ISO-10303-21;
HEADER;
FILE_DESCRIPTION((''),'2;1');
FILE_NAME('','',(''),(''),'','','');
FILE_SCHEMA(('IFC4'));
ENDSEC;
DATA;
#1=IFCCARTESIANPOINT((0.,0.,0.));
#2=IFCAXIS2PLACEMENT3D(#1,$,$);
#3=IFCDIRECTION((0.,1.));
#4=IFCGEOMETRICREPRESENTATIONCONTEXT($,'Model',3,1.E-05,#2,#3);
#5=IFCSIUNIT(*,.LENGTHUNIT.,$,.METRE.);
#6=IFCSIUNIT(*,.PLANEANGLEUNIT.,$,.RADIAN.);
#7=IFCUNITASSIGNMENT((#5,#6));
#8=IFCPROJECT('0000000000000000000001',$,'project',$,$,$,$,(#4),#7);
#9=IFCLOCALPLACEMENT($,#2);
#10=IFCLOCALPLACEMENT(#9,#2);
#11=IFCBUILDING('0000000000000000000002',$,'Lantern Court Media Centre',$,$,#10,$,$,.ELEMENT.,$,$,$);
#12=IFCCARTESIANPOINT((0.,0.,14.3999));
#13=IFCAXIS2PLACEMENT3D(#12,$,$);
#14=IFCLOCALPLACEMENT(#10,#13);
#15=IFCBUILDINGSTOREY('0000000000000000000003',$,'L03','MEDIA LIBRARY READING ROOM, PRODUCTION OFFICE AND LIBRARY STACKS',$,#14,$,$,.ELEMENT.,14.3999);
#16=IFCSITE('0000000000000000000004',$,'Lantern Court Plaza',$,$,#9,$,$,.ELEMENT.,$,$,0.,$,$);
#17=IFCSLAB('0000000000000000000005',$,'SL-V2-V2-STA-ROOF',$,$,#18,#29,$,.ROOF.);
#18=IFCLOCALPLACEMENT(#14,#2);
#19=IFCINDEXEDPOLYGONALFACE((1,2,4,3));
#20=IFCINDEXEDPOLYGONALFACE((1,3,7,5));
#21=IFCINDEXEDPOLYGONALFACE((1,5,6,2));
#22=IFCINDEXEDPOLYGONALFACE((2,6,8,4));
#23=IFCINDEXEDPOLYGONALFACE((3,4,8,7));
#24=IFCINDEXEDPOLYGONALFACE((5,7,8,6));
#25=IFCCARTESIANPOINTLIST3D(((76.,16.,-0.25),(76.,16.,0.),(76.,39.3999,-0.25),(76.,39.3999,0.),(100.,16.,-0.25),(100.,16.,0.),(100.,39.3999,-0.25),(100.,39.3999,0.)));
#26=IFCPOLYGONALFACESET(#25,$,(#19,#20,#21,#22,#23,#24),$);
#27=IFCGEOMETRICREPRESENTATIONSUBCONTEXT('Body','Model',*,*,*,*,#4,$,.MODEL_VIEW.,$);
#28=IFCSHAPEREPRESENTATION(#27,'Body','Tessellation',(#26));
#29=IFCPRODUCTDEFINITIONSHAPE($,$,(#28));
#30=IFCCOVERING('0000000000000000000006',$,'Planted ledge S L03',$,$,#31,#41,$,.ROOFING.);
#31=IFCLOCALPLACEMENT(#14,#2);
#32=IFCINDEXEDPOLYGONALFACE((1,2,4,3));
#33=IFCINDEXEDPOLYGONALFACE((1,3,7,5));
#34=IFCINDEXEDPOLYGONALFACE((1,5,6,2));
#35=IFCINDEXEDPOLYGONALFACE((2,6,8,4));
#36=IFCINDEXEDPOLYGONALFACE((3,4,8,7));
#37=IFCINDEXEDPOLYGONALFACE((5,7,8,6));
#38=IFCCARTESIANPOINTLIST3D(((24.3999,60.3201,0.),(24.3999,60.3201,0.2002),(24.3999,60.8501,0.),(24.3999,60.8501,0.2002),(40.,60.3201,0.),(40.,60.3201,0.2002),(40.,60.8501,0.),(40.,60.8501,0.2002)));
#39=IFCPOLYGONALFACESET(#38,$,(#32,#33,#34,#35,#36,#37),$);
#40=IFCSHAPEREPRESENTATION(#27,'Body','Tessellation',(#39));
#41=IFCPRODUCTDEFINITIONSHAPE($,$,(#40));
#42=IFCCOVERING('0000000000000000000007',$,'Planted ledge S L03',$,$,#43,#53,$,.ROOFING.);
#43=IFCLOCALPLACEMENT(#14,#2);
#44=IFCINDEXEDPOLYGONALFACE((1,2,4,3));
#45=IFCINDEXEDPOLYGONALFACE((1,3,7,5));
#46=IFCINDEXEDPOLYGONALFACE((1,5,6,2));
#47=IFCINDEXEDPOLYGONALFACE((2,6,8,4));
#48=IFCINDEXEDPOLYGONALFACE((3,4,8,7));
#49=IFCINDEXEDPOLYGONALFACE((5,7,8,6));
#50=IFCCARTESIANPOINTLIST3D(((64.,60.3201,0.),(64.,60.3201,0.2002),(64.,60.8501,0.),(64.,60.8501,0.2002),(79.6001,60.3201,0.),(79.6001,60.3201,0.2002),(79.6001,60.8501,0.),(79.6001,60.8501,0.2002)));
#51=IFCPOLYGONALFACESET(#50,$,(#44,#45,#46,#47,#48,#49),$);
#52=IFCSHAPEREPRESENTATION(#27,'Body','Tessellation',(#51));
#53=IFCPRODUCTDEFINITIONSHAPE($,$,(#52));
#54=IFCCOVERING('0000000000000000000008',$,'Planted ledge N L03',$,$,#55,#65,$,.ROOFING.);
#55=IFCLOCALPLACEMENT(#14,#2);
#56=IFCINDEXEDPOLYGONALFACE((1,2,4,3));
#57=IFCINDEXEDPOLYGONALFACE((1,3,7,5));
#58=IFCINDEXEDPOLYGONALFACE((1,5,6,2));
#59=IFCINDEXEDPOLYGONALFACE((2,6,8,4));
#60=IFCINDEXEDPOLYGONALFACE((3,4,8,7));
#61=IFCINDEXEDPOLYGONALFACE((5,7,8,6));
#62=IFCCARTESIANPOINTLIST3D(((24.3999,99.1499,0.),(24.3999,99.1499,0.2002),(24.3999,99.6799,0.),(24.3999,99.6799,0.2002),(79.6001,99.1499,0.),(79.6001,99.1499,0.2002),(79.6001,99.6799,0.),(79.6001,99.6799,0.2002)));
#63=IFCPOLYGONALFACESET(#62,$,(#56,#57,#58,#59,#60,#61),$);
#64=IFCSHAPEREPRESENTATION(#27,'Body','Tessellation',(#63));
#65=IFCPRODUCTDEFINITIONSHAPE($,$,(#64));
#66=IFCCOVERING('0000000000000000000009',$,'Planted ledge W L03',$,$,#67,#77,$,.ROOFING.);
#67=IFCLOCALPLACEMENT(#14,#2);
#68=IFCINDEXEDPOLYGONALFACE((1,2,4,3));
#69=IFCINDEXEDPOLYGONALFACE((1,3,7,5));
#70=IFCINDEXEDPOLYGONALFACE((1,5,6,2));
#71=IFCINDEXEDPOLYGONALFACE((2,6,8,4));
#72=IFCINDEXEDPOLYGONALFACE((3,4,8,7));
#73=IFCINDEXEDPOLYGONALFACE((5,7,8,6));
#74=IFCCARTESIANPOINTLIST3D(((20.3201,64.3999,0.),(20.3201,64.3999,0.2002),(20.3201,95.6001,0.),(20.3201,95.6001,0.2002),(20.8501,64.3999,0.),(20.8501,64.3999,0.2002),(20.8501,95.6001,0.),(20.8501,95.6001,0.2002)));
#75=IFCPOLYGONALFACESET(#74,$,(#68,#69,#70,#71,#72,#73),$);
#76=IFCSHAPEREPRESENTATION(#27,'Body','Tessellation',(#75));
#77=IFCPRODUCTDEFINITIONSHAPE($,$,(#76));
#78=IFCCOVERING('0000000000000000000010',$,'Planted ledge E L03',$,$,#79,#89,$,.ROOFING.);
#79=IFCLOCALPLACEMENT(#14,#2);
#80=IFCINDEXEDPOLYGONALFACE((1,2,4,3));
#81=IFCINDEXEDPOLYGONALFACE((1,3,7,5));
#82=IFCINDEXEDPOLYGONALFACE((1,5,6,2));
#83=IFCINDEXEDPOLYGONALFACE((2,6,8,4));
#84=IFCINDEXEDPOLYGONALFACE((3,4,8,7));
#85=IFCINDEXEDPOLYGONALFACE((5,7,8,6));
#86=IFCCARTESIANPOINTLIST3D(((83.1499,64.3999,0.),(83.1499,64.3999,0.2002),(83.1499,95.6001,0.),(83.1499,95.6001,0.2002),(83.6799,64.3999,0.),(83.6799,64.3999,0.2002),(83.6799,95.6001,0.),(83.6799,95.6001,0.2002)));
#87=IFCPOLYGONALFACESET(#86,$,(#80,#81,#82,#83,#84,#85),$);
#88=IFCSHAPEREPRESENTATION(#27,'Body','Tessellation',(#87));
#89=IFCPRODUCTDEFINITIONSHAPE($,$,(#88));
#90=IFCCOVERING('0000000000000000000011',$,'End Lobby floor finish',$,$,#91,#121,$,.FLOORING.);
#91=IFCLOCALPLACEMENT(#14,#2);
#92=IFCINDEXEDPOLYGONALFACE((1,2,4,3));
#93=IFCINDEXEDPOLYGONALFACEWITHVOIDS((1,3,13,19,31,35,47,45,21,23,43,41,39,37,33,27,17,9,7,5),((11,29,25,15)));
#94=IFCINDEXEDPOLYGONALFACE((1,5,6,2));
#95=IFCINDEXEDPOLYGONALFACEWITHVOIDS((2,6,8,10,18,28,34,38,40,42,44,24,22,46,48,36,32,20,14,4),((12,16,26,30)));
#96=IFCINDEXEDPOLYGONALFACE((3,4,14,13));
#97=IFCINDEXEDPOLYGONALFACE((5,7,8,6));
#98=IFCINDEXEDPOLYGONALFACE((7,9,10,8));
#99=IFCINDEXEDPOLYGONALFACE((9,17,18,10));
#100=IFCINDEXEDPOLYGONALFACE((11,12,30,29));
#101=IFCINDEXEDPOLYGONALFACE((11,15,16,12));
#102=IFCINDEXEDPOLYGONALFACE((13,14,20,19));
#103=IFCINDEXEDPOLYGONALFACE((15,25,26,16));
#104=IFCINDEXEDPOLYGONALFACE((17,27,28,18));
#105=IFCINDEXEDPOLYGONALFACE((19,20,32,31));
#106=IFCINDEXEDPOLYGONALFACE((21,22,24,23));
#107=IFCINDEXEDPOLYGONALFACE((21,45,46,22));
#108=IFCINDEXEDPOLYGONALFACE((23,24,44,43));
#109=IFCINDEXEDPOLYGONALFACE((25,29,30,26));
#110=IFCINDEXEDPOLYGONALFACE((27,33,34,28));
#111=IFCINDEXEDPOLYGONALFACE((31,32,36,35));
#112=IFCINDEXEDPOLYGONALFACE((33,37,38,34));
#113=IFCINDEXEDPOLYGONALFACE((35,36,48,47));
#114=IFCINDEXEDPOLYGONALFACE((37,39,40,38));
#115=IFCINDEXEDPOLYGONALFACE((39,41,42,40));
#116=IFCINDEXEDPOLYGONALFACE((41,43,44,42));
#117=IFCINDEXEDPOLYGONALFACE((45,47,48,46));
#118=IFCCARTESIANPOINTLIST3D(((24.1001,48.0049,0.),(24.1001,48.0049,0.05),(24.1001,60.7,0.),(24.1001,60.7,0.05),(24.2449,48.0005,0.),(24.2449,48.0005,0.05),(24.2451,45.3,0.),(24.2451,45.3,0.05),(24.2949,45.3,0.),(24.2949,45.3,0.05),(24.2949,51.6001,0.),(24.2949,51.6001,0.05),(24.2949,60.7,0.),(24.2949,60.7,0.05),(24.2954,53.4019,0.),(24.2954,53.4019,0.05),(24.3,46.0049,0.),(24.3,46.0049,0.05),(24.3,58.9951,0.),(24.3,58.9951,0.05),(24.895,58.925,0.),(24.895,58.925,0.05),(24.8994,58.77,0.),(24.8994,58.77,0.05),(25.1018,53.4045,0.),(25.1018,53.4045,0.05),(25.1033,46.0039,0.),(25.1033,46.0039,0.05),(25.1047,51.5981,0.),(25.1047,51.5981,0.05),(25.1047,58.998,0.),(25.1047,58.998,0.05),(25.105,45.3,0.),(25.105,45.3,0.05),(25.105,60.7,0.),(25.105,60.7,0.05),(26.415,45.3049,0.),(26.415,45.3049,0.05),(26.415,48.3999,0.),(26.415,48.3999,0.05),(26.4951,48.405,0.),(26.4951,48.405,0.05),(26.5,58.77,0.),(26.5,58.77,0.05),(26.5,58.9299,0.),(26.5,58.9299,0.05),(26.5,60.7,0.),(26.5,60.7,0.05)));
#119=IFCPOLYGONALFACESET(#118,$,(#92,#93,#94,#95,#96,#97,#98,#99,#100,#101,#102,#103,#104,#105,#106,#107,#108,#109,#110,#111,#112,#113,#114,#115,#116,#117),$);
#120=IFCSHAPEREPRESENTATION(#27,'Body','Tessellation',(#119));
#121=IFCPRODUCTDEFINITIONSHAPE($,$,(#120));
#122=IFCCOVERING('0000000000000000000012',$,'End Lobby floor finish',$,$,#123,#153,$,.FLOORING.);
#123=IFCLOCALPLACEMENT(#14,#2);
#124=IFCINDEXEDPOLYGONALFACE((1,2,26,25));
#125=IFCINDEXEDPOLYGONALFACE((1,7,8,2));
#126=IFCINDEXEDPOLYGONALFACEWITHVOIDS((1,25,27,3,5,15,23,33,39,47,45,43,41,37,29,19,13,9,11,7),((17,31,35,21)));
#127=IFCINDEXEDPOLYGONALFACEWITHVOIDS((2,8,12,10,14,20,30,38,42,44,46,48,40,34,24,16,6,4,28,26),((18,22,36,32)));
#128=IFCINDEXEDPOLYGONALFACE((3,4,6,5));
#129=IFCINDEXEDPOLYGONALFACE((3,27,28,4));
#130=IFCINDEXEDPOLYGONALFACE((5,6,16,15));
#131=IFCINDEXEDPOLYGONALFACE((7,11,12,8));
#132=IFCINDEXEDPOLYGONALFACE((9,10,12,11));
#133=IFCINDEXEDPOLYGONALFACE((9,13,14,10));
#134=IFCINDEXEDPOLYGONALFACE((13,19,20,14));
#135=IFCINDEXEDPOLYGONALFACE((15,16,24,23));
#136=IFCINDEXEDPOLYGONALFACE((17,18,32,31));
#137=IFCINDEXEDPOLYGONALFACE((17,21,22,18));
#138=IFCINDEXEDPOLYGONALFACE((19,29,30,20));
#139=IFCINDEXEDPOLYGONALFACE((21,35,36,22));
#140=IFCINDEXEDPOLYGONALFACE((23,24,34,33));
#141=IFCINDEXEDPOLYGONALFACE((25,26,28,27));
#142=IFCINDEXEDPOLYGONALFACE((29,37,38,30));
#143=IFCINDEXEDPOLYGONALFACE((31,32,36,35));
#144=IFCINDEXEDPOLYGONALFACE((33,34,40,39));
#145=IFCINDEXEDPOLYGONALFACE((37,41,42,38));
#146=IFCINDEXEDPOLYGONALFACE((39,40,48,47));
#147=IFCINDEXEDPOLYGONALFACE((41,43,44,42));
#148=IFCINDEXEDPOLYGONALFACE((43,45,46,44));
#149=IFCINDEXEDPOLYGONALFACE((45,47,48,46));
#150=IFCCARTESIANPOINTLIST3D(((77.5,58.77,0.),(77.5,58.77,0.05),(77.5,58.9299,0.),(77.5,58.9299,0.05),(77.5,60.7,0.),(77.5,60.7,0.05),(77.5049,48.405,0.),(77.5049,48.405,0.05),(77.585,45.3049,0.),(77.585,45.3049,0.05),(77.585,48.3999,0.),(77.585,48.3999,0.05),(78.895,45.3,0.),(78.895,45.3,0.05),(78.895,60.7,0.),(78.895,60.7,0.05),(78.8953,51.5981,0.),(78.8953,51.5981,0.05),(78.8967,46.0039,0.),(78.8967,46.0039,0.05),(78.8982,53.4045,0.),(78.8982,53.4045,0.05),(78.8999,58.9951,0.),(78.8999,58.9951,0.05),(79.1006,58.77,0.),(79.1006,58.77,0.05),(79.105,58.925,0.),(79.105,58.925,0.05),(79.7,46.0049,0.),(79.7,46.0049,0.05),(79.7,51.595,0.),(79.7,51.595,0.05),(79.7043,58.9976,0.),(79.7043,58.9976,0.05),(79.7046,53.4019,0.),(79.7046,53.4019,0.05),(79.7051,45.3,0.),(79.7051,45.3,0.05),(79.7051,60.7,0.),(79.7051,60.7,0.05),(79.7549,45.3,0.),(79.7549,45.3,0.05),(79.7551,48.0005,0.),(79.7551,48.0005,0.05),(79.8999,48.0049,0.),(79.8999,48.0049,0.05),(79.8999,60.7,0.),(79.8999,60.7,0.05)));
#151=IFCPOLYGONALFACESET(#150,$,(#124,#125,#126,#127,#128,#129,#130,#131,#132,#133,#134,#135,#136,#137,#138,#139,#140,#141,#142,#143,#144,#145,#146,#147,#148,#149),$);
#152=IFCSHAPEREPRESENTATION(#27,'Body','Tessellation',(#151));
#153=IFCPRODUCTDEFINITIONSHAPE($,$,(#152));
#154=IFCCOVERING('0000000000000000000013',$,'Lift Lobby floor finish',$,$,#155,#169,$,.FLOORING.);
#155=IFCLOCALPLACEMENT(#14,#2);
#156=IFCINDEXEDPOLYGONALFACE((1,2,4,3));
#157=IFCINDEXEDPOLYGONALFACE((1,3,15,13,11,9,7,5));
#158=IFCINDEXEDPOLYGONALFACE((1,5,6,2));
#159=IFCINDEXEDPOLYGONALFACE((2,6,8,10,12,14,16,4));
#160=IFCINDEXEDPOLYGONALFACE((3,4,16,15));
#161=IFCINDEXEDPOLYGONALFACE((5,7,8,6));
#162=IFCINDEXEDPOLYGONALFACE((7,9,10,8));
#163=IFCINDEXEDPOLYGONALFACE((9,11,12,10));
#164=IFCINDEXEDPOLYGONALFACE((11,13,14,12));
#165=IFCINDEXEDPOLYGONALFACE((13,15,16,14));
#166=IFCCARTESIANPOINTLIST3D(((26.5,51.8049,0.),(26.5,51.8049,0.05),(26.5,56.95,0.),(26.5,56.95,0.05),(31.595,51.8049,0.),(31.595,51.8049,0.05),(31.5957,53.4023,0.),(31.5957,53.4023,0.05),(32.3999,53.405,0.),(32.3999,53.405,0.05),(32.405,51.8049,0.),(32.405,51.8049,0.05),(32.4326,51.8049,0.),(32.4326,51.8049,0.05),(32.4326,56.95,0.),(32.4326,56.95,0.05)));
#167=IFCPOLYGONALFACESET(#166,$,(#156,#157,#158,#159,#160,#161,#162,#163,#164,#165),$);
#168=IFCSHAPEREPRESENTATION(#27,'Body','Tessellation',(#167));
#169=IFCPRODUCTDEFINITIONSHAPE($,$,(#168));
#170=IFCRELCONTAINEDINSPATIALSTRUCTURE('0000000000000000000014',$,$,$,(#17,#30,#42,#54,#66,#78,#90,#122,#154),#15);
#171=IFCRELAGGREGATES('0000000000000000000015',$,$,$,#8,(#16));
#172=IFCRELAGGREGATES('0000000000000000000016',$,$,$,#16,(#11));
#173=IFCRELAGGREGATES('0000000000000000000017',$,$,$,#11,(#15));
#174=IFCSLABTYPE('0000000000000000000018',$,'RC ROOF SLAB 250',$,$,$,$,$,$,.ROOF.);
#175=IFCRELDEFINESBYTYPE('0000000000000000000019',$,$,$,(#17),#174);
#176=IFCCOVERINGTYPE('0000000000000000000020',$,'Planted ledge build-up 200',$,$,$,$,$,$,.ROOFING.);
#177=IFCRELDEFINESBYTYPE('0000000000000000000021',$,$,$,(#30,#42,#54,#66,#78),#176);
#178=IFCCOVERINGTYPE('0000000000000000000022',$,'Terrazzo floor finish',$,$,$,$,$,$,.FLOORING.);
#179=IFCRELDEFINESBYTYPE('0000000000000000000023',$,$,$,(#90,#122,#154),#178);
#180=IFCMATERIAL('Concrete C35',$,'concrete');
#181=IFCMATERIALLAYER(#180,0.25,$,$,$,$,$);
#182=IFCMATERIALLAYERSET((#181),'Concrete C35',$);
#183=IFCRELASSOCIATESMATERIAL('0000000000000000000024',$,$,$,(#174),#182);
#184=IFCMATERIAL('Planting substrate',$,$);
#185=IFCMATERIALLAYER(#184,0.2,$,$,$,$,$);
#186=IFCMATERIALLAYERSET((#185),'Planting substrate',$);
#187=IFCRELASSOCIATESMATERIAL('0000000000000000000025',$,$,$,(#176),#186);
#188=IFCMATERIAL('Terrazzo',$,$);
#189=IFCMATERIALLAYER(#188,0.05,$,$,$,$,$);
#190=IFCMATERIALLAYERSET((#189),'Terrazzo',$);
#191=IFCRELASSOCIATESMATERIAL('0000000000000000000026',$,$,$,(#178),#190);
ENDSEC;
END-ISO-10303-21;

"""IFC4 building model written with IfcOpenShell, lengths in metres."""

from ifc_helpers import new_model, si_unit, direction, frame, origin, place, context, subcontext, project, spatial, polyline, outline, extrude, material, layer, layer_set, type_object, element, save


model = new_model("IFC4")

# Units and contexts
model_context = context("Model", 3, precision=1e-05, world=origin(), true_north=direction((0.0, 1.0)))
body_context = subcontext(model_context, "Body", "Model", "MODEL_VIEW")
ifc_project = project(units=[si_unit("LENGTHUNIT", "METRE"), si_unit("PLANEANGLEUNIT", "RADIAN")], contexts=[model_context])

# Site, building, storey
site_placement = place(None, origin())
site = spatial("IfcSite", under=ifc_project, at=site_placement, Name="Lantern Court Plaza", CompositionType="ELEMENT", RefElevation=0.0)
building_placement = place(site_placement, origin())
building = spatial("IfcBuilding", under=site, at=building_placement, Name="Lantern Court Media Centre", CompositionType="ELEMENT")
storey_placement = place(building_placement, frame((0.0, 0.0, 14.3999)))
storey = spatial("IfcBuildingStorey", under=building, at=storey_placement, Name="L03", Description="MEDIA LIBRARY READING ROOM, PRODUCTION OFFICE AND LIBRARY STACKS", CompositionType="ELEMENT", Elevation=14.3999)

# Slab
ifc_material_1 = material(Name="Concrete C35", Category="concrete")
ifc_layer_1 = layer(ifc_material_1, 0.25)
ifc_layer_set_1 = layer_set([ifc_layer_1], Name="Concrete C35")
slab_type_1 = type_object("IfcSlabType", Name="RC ROOF SLAB 250", PredefinedType="ROOF", material=ifc_layer_set_1)
slab_1_placement = place(storey_placement, frame((0.0, 0.0, -0.25)))
element("IfcSlab", 1, at=slab_1_placement, inside=storey, type_object=slab_type_1, Name="SL-V2-V2-STA-ROOF", PredefinedType="ROOF", context=body_context, shape_type="SweptSolid", body=[
    extrude(outline(polyline([(100.0, 16.0), (100.0, 39.3999), (76.0, 39.3999), (76.0, 16.0), (100.0, 16.0)])), origin(), (0.0, 0.0, 1.0), 0.25),
])

# Coverings
ifc_material_2 = material(Name="Planting substrate")
ifc_layer_2 = layer(ifc_material_2, 0.2)
ifc_layer_set_2 = layer_set([ifc_layer_2], Name="Planting substrate")
covering_type_1 = type_object("IfcCoveringType", Name="Planted ledge build-up 200", PredefinedType="ROOFING", material=ifc_layer_set_2)
covering_1_placement = place(storey_placement, origin())
element("IfcCovering", 2, at=covering_1_placement, inside=storey, type_object=covering_type_1, Name="Planted ledge S L03", PredefinedType="ROOFING", context=body_context, shape_type="SweptSolid", body=[
    extrude(outline(polyline([(24.3999, 60.8501), (40.0, 60.8501), (40.0, 60.3201), (24.3999, 60.3201), (24.3999, 60.8501)])), origin(), (0.0, 0.0, 1.0), 0.2002),
])
covering_2_placement = place(storey_placement, origin())
element("IfcCovering", 3, at=covering_2_placement, inside=storey, type_object=covering_type_1, Name="Planted ledge S L03", PredefinedType="ROOFING", context=body_context, shape_type="SweptSolid", body=[
    extrude(outline(polyline([(64.0, 60.8501), (79.6001, 60.8501), (79.6001, 60.3201), (64.0, 60.3201), (64.0, 60.8501)])), origin(), (0.0, 0.0, 1.0), 0.2002),
])
covering_3_placement = place(storey_placement, origin())
element("IfcCovering", 4, at=covering_3_placement, inside=storey, type_object=covering_type_1, Name="Planted ledge N L03", PredefinedType="ROOFING", context=body_context, shape_type="SweptSolid", body=[
    extrude(outline(polyline([(24.3999, 99.1499), (79.6001, 99.1499), (79.6001, 99.6799), (24.3999, 99.6799), (24.3999, 99.1499)])), origin(), (0.0, 0.0, 1.0), 0.2002),
])
covering_4_placement = place(storey_placement, origin())
element("IfcCovering", 5, at=covering_4_placement, inside=storey, type_object=covering_type_1, Name="Planted ledge W L03", PredefinedType="ROOFING", context=body_context, shape_type="SweptSolid", body=[
    extrude(outline(polyline([(20.8501, 64.3999), (20.8501, 95.6001), (20.3201, 95.6001), (20.3201, 64.3999), (20.8501, 64.3999)])), origin(), (0.0, 0.0, 1.0), 0.2002),
])
covering_5_placement = place(storey_placement, origin())
element("IfcCovering", 6, at=covering_5_placement, inside=storey, type_object=covering_type_1, Name="Planted ledge E L03", PredefinedType="ROOFING", context=body_context, shape_type="SweptSolid", body=[
    extrude(outline(polyline([(83.1499, 64.3999), (83.1499, 95.6001), (83.6799, 95.6001), (83.6799, 64.3999), (83.1499, 64.3999)])), origin(), (0.0, 0.0, 1.0), 0.2002),
])
ifc_material_3 = material(Name="Terrazzo")
ifc_layer_3 = layer(ifc_material_3, 0.05)
ifc_layer_set_3 = layer_set([ifc_layer_3], Name="Terrazzo")
covering_type_2 = type_object("IfcCoveringType", Name="Terrazzo floor finish", PredefinedType="FLOORING", material=ifc_layer_set_3)
covering_6_placement = place(storey_placement, origin())
element("IfcCovering", 7, at=covering_6_placement, inside=storey, type_object=covering_type_2, Name="End Lobby floor finish", PredefinedType="FLOORING", context=body_context, shape_type="SweptSolid", body=[
    extrude(outline(polyline([(26.5, 58.77), (26.4951, 48.405), (26.415, 48.3999), (26.415, 45.3049), (25.105, 45.3), (25.1033, 46.0039), (24.3, 46.0049), (24.2949, 45.3), (24.2451, 45.3), (24.2449, 48.0005), (24.1001, 48.0049), (24.1001, 60.7), (24.2949, 60.7), (24.3, 58.9951), (25.1047, 58.998), (25.105, 60.7), (26.5, 60.7), (26.5, 58.9299), (24.895, 58.925), (24.8994, 58.77), (26.5, 58.77)]), holes=[polyline([(24.2949, 51.6001), (25.1047, 51.5981), (25.1018, 53.4045), (24.2954, 53.4019), (24.2949, 51.6001)])]), origin(), (0.0, 0.0, 1.0), 0.05),
])
covering_7_placement = place(storey_placement, origin())
element("IfcCovering", 8, at=covering_7_placement, inside=storey, type_object=covering_type_2, Name="End Lobby floor finish", PredefinedType="FLOORING", context=body_context, shape_type="SweptSolid", body=[
    extrude(outline(polyline([(79.8999, 60.7), (79.8999, 48.0049), (79.7551, 48.0005), (79.7549, 45.3), (79.7051, 45.3), (79.7, 46.0049), (78.8967, 46.0039), (78.895, 45.3), (77.585, 45.3049), (77.585, 48.3999), (77.5049, 48.405), (77.5, 58.77), (79.1006, 58.77), (79.105, 58.925), (77.5, 58.9299), (77.5, 60.7), (78.895, 60.7), (78.8999, 58.9951), (79.7043, 58.9976), (79.7051, 60.7), (79.8999, 60.7)]), holes=[polyline([(79.7, 51.595), (79.7046, 53.4019), (78.8982, 53.4045), (78.8953, 51.5981), (79.7, 51.595)])]), origin(), (0.0, 0.0, 1.0), 0.05),
])
covering_8_placement = place(storey_placement, origin())
element("IfcCovering", 9, at=covering_8_placement, inside=storey, type_object=covering_type_2, Name="Lift Lobby floor finish", PredefinedType="FLOORING", context=body_context, shape_type="SweptSolid", body=[
    extrude(outline(polyline([(26.5, 56.95), (32.4326, 56.95), (32.4326, 51.8049), (32.405, 51.8049), (32.3999, 53.405), (31.5957, 53.4023), (31.595, 51.8049), (26.5, 51.8049), (26.5, 56.95)])), origin(), (0.0, 0.0, 1.0), 0.05),
])

save(model, "model.ifc")
